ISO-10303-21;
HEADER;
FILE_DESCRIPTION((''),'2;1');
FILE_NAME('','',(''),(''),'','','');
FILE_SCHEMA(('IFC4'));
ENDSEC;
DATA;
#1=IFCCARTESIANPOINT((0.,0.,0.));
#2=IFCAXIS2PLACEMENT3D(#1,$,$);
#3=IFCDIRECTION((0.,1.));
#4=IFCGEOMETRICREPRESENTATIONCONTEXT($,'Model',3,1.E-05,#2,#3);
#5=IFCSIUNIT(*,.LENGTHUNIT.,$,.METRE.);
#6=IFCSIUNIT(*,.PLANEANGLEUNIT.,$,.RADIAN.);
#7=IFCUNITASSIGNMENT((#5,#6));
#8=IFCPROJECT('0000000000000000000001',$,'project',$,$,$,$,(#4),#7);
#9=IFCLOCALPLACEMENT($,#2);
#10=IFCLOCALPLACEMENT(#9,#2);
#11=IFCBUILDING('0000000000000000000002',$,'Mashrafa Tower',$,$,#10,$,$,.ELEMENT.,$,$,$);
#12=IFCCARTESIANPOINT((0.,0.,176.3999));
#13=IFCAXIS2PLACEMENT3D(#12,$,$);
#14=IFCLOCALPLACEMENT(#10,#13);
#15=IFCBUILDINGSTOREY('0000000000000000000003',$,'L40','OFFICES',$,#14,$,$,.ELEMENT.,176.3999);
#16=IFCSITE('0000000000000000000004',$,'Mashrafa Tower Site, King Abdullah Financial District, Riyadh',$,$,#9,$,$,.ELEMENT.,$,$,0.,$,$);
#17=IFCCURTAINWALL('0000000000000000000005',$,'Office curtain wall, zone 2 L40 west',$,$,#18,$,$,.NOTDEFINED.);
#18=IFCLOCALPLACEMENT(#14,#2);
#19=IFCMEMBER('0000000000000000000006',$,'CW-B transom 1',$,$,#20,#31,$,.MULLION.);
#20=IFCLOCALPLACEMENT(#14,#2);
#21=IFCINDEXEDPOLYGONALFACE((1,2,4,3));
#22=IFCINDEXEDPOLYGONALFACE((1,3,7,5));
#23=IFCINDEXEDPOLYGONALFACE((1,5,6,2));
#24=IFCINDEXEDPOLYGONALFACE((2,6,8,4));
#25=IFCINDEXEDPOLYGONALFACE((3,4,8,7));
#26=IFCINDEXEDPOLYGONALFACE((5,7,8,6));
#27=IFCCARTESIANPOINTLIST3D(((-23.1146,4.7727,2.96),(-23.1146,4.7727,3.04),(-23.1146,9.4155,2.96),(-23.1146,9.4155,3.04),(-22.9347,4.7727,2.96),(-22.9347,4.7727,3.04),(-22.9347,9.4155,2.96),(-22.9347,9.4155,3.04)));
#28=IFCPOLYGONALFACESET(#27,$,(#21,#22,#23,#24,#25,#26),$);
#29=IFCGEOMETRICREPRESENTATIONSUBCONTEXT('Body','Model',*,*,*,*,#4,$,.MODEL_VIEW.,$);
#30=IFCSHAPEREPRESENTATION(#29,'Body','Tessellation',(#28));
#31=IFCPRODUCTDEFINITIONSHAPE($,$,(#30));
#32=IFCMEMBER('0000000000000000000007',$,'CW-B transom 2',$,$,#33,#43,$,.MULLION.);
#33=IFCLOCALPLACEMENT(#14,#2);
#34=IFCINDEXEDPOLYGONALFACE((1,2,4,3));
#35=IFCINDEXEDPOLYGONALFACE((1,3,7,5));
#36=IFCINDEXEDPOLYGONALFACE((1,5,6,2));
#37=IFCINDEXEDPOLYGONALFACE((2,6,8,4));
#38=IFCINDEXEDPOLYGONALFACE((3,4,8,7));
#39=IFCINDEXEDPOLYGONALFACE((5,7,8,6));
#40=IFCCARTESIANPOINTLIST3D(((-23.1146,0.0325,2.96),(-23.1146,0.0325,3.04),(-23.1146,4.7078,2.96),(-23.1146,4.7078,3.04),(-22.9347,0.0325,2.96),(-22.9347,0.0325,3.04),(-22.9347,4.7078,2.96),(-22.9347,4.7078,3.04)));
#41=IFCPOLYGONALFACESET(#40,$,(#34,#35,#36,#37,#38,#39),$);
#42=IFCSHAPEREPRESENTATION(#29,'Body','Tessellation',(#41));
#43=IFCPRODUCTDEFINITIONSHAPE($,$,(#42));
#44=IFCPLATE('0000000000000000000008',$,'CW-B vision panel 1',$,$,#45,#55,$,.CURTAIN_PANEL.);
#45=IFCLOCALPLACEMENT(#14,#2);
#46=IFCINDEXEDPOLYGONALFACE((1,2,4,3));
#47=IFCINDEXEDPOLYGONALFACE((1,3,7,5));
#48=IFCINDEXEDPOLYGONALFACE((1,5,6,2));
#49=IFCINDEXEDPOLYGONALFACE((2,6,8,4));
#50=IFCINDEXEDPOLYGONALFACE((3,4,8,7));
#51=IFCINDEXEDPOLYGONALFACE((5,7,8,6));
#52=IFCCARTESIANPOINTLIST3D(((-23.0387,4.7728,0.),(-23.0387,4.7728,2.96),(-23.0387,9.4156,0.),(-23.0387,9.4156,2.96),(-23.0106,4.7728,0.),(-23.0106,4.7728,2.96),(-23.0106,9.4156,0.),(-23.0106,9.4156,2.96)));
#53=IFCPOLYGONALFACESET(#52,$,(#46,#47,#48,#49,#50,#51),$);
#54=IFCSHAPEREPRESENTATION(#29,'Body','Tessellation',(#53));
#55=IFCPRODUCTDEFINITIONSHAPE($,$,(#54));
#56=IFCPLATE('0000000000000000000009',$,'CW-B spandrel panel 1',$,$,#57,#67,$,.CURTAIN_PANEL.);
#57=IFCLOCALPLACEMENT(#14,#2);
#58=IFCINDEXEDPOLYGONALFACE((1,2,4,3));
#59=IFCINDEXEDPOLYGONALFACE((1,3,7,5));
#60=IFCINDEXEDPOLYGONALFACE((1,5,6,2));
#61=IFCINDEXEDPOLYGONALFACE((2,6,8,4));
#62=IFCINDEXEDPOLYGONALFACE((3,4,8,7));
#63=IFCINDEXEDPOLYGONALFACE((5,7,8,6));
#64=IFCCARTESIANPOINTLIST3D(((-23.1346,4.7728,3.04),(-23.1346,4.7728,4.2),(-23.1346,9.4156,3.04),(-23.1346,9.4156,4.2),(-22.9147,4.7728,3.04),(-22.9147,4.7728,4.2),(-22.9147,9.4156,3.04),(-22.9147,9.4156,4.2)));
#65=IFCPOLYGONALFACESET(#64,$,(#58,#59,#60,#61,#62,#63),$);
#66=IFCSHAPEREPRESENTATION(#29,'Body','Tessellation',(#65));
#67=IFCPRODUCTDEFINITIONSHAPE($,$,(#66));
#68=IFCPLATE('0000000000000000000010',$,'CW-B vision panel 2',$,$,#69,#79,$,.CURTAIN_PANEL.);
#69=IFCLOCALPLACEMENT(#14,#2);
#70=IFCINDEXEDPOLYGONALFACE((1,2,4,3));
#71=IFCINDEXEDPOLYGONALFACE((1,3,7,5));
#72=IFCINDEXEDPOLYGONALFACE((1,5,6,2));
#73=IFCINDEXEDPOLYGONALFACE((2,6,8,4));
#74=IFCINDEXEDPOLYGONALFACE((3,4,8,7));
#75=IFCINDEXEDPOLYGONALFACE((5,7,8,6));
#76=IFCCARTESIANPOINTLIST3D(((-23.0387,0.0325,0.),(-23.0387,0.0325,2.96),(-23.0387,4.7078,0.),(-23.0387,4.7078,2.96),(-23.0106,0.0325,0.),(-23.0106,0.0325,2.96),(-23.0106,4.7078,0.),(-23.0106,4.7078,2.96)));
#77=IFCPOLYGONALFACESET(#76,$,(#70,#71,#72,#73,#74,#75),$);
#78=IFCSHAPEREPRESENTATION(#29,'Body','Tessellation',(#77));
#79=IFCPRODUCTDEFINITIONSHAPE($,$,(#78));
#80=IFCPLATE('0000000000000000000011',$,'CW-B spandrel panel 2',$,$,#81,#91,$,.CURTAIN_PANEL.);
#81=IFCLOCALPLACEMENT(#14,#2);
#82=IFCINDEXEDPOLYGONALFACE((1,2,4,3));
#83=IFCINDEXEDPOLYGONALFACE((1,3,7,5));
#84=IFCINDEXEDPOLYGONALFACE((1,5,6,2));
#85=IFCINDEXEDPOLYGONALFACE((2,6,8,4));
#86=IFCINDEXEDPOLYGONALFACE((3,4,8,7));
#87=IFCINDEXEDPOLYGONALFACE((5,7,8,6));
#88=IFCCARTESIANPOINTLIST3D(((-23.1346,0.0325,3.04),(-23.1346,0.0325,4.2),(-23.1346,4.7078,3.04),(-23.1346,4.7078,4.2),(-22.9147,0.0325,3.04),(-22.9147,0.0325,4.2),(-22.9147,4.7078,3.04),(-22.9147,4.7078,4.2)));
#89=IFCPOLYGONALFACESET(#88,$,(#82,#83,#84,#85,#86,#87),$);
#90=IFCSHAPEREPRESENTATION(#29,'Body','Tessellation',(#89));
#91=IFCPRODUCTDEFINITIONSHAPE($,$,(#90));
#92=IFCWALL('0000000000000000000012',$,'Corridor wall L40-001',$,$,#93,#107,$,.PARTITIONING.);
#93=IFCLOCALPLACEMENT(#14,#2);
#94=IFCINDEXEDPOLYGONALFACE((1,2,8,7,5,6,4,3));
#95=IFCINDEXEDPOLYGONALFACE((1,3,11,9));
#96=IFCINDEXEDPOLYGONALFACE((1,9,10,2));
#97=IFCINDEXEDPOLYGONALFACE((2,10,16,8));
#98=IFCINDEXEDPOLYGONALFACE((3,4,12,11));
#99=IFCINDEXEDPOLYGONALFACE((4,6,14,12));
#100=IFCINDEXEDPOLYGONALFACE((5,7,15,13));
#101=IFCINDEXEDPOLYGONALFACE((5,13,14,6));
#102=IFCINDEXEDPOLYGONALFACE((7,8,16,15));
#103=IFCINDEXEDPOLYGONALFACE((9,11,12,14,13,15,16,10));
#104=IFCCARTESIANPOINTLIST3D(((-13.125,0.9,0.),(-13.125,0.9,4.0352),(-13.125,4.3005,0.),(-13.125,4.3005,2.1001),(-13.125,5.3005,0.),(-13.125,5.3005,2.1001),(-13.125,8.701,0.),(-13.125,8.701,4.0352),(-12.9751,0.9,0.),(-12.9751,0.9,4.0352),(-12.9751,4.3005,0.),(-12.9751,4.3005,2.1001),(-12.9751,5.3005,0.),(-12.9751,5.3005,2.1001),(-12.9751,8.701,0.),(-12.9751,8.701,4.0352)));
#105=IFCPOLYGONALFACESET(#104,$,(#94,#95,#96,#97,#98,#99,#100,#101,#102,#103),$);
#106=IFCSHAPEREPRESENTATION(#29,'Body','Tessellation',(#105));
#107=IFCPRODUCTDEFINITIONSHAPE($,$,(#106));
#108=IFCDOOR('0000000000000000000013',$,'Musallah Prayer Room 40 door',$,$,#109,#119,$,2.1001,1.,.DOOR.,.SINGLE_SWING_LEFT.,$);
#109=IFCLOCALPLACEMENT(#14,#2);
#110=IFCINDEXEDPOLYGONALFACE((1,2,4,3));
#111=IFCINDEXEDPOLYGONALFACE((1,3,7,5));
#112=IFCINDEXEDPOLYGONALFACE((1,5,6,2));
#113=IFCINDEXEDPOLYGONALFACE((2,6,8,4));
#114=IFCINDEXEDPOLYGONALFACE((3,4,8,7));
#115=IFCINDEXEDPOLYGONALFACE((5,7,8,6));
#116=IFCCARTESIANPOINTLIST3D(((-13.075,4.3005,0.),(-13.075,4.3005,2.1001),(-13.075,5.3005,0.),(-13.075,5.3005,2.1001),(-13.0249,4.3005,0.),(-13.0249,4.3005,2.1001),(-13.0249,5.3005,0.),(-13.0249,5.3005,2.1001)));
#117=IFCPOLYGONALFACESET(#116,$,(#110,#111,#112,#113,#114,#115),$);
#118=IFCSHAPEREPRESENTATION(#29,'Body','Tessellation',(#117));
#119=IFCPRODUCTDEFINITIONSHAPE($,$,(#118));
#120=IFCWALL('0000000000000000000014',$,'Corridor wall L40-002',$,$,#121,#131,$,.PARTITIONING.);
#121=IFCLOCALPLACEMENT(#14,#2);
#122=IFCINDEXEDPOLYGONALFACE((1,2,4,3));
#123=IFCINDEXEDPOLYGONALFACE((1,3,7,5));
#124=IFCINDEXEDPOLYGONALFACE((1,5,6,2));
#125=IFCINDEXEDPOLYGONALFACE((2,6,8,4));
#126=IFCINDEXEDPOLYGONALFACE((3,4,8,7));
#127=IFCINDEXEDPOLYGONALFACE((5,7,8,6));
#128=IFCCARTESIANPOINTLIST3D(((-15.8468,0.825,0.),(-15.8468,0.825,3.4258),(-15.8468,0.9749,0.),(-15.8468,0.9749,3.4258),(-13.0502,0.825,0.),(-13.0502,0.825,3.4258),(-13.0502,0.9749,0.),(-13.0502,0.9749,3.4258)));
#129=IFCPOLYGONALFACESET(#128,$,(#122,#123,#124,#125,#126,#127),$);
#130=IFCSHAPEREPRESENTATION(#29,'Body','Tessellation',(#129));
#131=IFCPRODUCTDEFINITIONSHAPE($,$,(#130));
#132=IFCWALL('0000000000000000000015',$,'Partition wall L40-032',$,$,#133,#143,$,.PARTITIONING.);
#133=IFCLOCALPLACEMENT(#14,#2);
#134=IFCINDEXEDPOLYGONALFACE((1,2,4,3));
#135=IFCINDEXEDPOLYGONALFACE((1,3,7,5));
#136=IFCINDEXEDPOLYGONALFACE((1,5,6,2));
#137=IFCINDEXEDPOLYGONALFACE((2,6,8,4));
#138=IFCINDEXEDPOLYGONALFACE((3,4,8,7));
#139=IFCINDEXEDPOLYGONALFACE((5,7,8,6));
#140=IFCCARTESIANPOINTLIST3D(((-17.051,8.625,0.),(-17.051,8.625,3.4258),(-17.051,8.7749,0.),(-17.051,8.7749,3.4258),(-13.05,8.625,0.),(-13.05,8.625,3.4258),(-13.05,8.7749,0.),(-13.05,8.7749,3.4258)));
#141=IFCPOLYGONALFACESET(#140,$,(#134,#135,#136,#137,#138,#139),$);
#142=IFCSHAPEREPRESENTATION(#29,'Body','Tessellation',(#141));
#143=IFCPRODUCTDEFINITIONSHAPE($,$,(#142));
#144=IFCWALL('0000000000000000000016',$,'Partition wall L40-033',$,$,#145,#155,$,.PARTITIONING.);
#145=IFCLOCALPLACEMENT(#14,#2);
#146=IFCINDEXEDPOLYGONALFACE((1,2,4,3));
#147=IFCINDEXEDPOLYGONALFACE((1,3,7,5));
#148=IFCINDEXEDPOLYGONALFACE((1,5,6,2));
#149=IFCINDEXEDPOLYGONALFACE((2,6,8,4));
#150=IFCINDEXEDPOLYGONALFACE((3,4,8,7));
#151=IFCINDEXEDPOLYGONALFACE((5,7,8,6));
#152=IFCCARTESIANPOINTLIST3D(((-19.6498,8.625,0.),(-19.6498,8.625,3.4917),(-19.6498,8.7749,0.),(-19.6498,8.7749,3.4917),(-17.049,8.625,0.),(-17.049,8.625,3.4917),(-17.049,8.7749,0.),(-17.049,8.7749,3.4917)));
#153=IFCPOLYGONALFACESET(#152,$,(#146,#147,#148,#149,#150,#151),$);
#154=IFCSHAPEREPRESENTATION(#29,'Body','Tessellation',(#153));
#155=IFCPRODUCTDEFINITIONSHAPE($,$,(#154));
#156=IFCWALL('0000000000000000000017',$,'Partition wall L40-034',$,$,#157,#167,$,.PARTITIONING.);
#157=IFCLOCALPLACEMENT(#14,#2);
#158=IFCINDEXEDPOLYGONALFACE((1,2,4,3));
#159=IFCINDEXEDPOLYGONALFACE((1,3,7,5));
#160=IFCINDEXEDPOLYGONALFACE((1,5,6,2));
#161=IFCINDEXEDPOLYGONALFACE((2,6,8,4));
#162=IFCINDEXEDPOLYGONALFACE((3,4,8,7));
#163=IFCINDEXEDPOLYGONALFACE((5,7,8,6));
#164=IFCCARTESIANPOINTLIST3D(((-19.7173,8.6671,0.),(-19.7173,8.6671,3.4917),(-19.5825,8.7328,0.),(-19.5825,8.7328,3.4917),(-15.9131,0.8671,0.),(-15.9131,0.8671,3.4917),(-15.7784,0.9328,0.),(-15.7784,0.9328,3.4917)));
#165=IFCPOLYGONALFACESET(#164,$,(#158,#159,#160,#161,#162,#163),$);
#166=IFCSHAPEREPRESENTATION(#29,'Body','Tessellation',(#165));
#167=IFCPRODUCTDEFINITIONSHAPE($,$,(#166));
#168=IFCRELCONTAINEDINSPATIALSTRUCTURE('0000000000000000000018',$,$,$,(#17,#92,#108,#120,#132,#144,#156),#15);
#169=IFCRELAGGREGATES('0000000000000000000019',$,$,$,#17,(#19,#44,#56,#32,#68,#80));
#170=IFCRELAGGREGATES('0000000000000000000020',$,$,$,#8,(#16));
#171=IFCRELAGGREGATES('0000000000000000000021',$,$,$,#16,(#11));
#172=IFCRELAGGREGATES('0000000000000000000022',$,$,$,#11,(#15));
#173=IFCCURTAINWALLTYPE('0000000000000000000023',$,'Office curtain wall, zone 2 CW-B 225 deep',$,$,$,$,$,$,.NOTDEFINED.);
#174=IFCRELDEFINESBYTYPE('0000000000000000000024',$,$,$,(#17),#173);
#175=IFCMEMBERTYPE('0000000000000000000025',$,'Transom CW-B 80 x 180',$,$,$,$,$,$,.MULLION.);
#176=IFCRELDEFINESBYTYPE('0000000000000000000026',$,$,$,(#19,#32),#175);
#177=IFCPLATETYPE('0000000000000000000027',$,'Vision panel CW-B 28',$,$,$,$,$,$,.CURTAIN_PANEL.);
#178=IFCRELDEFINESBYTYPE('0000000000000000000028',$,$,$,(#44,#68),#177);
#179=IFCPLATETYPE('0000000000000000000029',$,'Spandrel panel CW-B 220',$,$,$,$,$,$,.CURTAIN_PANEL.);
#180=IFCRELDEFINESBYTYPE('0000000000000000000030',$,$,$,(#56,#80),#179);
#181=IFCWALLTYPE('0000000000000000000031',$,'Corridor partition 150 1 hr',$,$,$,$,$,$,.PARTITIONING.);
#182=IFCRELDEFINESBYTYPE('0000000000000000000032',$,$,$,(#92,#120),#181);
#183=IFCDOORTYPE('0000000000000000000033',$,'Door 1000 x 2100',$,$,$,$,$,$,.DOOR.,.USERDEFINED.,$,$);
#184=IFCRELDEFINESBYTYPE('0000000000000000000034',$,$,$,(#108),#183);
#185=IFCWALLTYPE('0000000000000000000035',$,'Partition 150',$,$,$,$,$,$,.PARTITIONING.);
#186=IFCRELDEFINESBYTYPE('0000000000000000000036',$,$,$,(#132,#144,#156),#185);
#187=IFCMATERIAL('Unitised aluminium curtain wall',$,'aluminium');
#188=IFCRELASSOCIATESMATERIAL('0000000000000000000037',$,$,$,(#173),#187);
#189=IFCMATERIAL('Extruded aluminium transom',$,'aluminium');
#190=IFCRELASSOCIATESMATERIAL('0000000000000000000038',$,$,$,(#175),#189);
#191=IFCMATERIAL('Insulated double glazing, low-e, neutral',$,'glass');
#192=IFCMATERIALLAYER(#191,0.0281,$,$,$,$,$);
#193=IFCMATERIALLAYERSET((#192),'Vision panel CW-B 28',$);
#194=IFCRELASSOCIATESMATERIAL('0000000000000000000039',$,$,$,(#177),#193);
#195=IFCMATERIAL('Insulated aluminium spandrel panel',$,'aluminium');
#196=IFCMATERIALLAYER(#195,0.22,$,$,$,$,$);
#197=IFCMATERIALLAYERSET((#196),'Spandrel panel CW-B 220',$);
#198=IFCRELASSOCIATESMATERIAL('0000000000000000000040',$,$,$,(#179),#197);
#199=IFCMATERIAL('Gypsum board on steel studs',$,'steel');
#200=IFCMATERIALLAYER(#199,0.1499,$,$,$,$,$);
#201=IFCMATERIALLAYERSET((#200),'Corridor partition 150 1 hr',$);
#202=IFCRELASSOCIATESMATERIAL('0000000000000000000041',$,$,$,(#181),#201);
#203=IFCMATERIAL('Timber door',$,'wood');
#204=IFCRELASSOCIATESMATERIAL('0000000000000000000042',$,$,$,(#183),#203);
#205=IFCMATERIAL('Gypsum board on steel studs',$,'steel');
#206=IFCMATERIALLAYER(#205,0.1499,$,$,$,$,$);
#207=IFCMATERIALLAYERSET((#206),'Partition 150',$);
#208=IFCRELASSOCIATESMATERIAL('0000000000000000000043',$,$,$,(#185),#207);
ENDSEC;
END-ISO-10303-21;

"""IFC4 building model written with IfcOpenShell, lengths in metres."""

from ifc_helpers import new_model, si_unit, direction, frame, frame_2d, origin, origin_2d, place, context, subcontext, project, spatial, rectangle, extrude, source, transform, mapped, material, layer, layer_set, material_profile, profile_set, type_object, type_shapes, element, fill, aggregate, save


model = new_model("IFC4")

# Units and contexts
model_context = context("Model", 3, precision=1e-05, world=origin(), true_north=direction((0.0, 1.0)))
body_context = subcontext(model_context, "Body", "Model", "MODEL_VIEW")
ifc_project = project(units=[si_unit("LENGTHUNIT", "METRE"), si_unit("PLANEANGLEUNIT", "RADIAN")], contexts=[model_context])

# Site, building, storey
site_placement = place(None, origin())
site = spatial("IfcSite", under=ifc_project, at=site_placement, Name="Mashrafa Tower Site, King Abdullah Financial District, Riyadh", CompositionType="ELEMENT", RefElevation=0.0)
building_placement = place(site_placement, origin())
building = spatial("IfcBuilding", under=site, at=building_placement, Name="Mashrafa Tower", CompositionType="ELEMENT")
storey_placement = place(building_placement, frame((0.0, 0.0, 176.3999)))
storey = spatial("IfcBuildingStorey", under=building, at=storey_placement, Name="L40", Description="OFFICES", CompositionType="ELEMENT", Elevation=176.3999)

# Shared definitions
ifc_material_1 = material(Name="Unitised aluminium curtain wall", Category="aluminium")
curtain_wall_type = type_object("IfcCurtainWallType", Name="Office curtain wall, zone 2 CW-B 225 deep", PredefinedType="NOTDEFINED", material=ifc_material_1)

# Curtain wall, members, plates
curtain_wall_1_placement = place(storey_placement, origin())
curtain_wall_1 = element("IfcCurtainWall", 1, at=curtain_wall_1_placement, inside=storey, type_object=curtain_wall_type, Name="Office curtain wall, zone 2 L40 west", PredefinedType="NOTDEFINED")
ifc_material_2 = material(Name="Extruded aluminium transom", Category="aluminium")
ifc_material_profile_1 = material_profile(ifc_material_2, rectangle(XDim=0.1799, YDim=0.0801, at=origin_2d()), Name="Transom 80x180")
ifc_profile_set_1 = profile_set([ifc_material_profile_1], Name="Extruded aluminium transom")
member_type_1 = type_object("IfcMemberType", Name="Transom CW-B 80 x 180", PredefinedType="MULLION", material=ifc_profile_set_1)
shared_shape_1 = source(origin(), body_context, "Body", "SweptSolid", [
    extrude(rectangle(XDim=0.1799, YDim=0.0801, at=origin_2d()), origin(), (0.0, 0.0, 1.0), 4.6428),
])
member_1_placement = place(storey_placement, frame((-23.0247, 9.4155, 3.0), z_axis=(0.0, -1.0, 0.0), x_axis=(1.0, 0.0, 0.0)))
member_1 = element("IfcMember", 2, at=member_1_placement, type_object=member_type_1, Name="CW-B transom 1", PredefinedType="MULLION", context=body_context, shape_type="MappedRepresentation", body=[
    mapped(shared_shape_1, transform((0.0, 0.0, 0.0))),
])
shared_shape_2 = source(origin(), body_context, "Body", "SweptSolid", [
    extrude(rectangle(XDim=0.1799, YDim=0.0801, at=origin_2d()), origin(), (0.0, 0.0, 1.0), 4.6753),
])
type_shapes(member_type_1, [shared_shape_1, shared_shape_2])
member_2_placement = place(storey_placement, frame((-23.0247, 4.7078, 3.0), z_axis=(0.0, -1.0, 0.0), x_axis=(1.0, 0.0, 0.0)))
member_2 = element("IfcMember", 3, at=member_2_placement, type_object=member_type_1, Name="CW-B transom 2", PredefinedType="MULLION", context=body_context, shape_type="MappedRepresentation", body=[
    mapped(shared_shape_2, transform((0.0, 0.0, 0.0))),
])
ifc_material_3 = material(Name="Insulated double glazing, low-e, neutral", Category="glass")
ifc_layer_1 = layer(ifc_material_3, 0.0281)
ifc_layer_set_1 = layer_set([ifc_layer_1], Name="Vision panel CW-B 28")
plate_type_1 = type_object("IfcPlateType", Name="Vision panel CW-B 28", PredefinedType="CURTAIN_PANEL", material=ifc_layer_set_1)
shared_shape_3 = source(origin(), body_context, "Body", "SweptSolid", [
    extrude(rectangle(XDim=4.6428, YDim=0.0281, at=origin_2d()), origin(), (0.0, 0.0, 1.0), 2.96),
])
plate_1_placement = place(storey_placement, frame((-23.0247, 7.0942, 0.0), z_axis=(0.0, 0.0, 1.0), x_axis=(0.0, -1.0, 0.0)))
plate_1 = element("IfcPlate", 4, at=plate_1_placement, type_object=plate_type_1, Name="CW-B vision panel 1", PredefinedType="CURTAIN_PANEL", context=body_context, shape_type="MappedRepresentation", body=[
    mapped(shared_shape_3, transform((0.0, 0.0, 0.0))),
])
ifc_material_4 = material(Name="Insulated aluminium spandrel panel", Category="aluminium")
ifc_layer_2 = layer(ifc_material_4, 0.22)
ifc_layer_set_2 = layer_set([ifc_layer_2], Name="Spandrel panel CW-B 220")
plate_type_2 = type_object("IfcPlateType", Name="Spandrel panel CW-B 220", PredefinedType="CURTAIN_PANEL", material=ifc_layer_set_2)
shared_shape_4 = source(origin(), body_context, "Body", "SweptSolid", [
    extrude(rectangle(XDim=4.6428, YDim=0.22, at=origin_2d()), origin(), (0.0, 0.0, 1.0), 1.1599),
])
plate_2_placement = place(storey_placement, frame((-23.0247, 7.0942, 3.04), z_axis=(0.0, 0.0, 1.0), x_axis=(0.0, -1.0, 0.0)))
plate_2 = element("IfcPlate", 5, at=plate_2_placement, type_object=plate_type_2, Name="CW-B spandrel panel 1", PredefinedType="CURTAIN_PANEL", context=body_context, shape_type="MappedRepresentation", body=[
    mapped(shared_shape_4, transform((0.0, 0.0, 0.0))),
])
shared_shape_5 = source(origin(), body_context, "Body", "SweptSolid", [
    extrude(rectangle(XDim=4.6753, YDim=0.0281, at=origin_2d()), origin(), (0.0, 0.0, 1.0), 2.96),
])
type_shapes(plate_type_1, [shared_shape_3, shared_shape_5])
plate_3_placement = place(storey_placement, frame((-23.0247, 2.3701, 0.0), z_axis=(0.0, 0.0, 1.0), x_axis=(0.0, -1.0, 0.0)))
plate_3 = element("IfcPlate", 6, at=plate_3_placement, type_object=plate_type_1, Name="CW-B vision panel 2", PredefinedType="CURTAIN_PANEL", context=body_context, shape_type="MappedRepresentation", body=[
    mapped(shared_shape_5, transform((0.0, 0.0, 0.0))),
])
shared_shape_6 = source(origin(), body_context, "Body", "SweptSolid", [
    extrude(rectangle(XDim=4.6753, YDim=0.22, at=origin_2d()), origin(), (0.0, 0.0, 1.0), 1.1599),
])
type_shapes(plate_type_2, [shared_shape_4, shared_shape_6])
plate_4_placement = place(storey_placement, frame((-23.0247, 2.3701, 3.04), z_axis=(0.0, 0.0, 1.0), x_axis=(0.0, -1.0, 0.0)))
plate_4 = element("IfcPlate", 7, at=plate_4_placement, type_object=plate_type_2, Name="CW-B spandrel panel 2", PredefinedType="CURTAIN_PANEL", context=body_context, shape_type="MappedRepresentation", body=[
    mapped(shared_shape_6, transform((0.0, 0.0, 0.0))),
])
aggregate(curtain_wall_1, [member_1, plate_1, plate_2, member_2, plate_3, plate_4])

# Wall, opening, door
ifc_material_5 = material(Name="Gypsum board on steel studs", Category="steel")
ifc_layer_3 = layer(ifc_material_5, 0.1499)
ifc_layer_set_3 = layer_set([ifc_layer_3], Name="Corridor partition 150 1 hr")
wall_type_1 = type_object("IfcWallType", Name="Corridor partition 150 1 hr", PredefinedType="PARTITIONING", material=ifc_layer_set_3)
wall_1_placement = place(storey_placement, frame((-13.05, 8.7009, 0.0), z_axis=(0.0, 0.0, 1.0), x_axis=(0.0, -1.0, 0.0)))
wall_1 = element("IfcWall", 8, at=wall_1_placement, inside=storey, type_object=wall_type_1, Name="Corridor wall L40-001", PredefinedType="PARTITIONING", context=body_context, shape_type="SweptSolid", body=[
    extrude(rectangle(XDim=7.801, YDim=0.1499, at=frame_2d((3.9004, 0.0))), origin(), (0.0, 0.0, 1.0), 4.0352),
])
opening_1_placement = place(wall_1_placement, frame((3.4004, 0.0, 0.0)))
opening_1 = element("IfcOpeningElement", 9, at=opening_1_placement, cuts=wall_1, PredefinedType="OPENING", context=body_context, shape_type="SweptSolid", body=[
    extrude(rectangle(XDim=1.0, YDim=2.1001, at=frame_2d((0.5, 1.05))), frame((0.0, 0.085, 0.0), z_axis=(0.0, -1.0, 0.0), x_axis=(1.0, 0.0, 0.0)), (0.0, 0.0, 1.0), 0.1699),
])
ifc_material_6 = material(Name="Timber door", Category="wood")
door_type_1 = type_object("IfcDoorType", Name="Door 1000 x 2100", OperationType="USERDEFINED", PredefinedType="DOOR", material=ifc_material_6)
door_1_placement = place(opening_1_placement, frame((1.0, 0.0, 0.0), z_axis=(0.0, 0.0, 1.0), x_axis=(-1.0, 0.0, 0.0)))
door_1 = element("IfcDoor", 10, at=door_1_placement, inside=storey, type_object=door_type_1, Name="Musallah Prayer Room 40 door", OperationType="SINGLE_SWING_LEFT", OverallHeight=2.1001, OverallWidth=1.0, PredefinedType="DOOR", context=body_context, shape_type="SweptSolid", body=[
    extrude(rectangle(XDim=1.0, YDim=2.1001, at=frame_2d((0.5, 1.05))), frame((0.0, 0.0249, 0.0), z_axis=(0.0, -1.0, 0.0), x_axis=(1.0, 0.0, 0.0)), (0.0, 0.0, 1.0), 0.05),
])
fill(opening_1, door_1)

# Wall
wall_2_placement = place(storey_placement, frame((-13.05, 0.8999, 0.0), z_axis=(0.0, 0.0, 1.0), x_axis=(-1.0, 0.0, 0.0)))
element("IfcWall", 11, at=wall_2_placement, inside=storey, type_object=wall_type_1, Name="Corridor wall L40-002", PredefinedType="PARTITIONING", context=body_context, shape_type="SweptSolid", body=[
    extrude(rectangle(XDim=2.7966, YDim=0.1499, at=frame_2d((1.3984, 0.0))), origin(), (0.0, 0.0, 1.0), 3.4258),
])

# Walls
ifc_material_7 = material(Name="Gypsum board on steel studs", Category="steel")
ifc_layer_4 = layer(ifc_material_7, 0.1499)
ifc_layer_set_4 = layer_set([ifc_layer_4], Name="Partition 150")
wall_type_2 = type_object("IfcWallType", Name="Partition 150", PredefinedType="PARTITIONING", material=ifc_layer_set_4)
wall_3_placement = place(storey_placement, frame((-13.05, 8.7, 0.0), z_axis=(0.0, 0.0, 1.0), x_axis=(-1.0, 0.0, 0.0)))
element("IfcWall", 12, at=wall_3_placement, inside=storey, type_object=wall_type_2, Name="Partition wall L40-032", PredefinedType="PARTITIONING", context=body_context, shape_type="SweptSolid", body=[
    extrude(rectangle(XDim=4.001, YDim=0.1499, at=frame_2d((2.0005, 0.0))), origin(), (0.0, 0.0, 1.0), 3.4258),
])
wall_4_placement = place(storey_placement, frame((-17.0491, 8.7, 0.0), z_axis=(0.0, 0.0, 1.0), x_axis=(-1.0, 0.0, 0.0)))
element("IfcWall", 13, at=wall_4_placement, inside=storey, type_object=wall_type_2, Name="Partition wall L40-033", PredefinedType="PARTITIONING", context=body_context, shape_type="SweptSolid", body=[
    extrude(rectangle(XDim=2.6008, YDim=0.1499, at=frame_2d((1.3003, 0.0))), origin(), (0.0, 0.0, 1.0), 3.4917),
])
wall_5_placement = place(storey_placement, frame((-19.6499, 8.7, 0.0), z_axis=(0.0, 0.0, 1.0), x_axis=(0.438358, -0.8988, 0.0)))
element("IfcWall", 14, at=wall_5_placement, inside=storey, type_object=wall_type_2, Name="Partition wall L40-034", PredefinedType="PARTITIONING", context=body_context, shape_type="SweptSolid", body=[
    extrude(rectangle(XDim=8.6782, YDim=0.1499, at=frame_2d((4.3391, 0.0))), origin(), (0.0, 0.0, 1.0), 3.4917),
])

save(model, "model.ifc")
